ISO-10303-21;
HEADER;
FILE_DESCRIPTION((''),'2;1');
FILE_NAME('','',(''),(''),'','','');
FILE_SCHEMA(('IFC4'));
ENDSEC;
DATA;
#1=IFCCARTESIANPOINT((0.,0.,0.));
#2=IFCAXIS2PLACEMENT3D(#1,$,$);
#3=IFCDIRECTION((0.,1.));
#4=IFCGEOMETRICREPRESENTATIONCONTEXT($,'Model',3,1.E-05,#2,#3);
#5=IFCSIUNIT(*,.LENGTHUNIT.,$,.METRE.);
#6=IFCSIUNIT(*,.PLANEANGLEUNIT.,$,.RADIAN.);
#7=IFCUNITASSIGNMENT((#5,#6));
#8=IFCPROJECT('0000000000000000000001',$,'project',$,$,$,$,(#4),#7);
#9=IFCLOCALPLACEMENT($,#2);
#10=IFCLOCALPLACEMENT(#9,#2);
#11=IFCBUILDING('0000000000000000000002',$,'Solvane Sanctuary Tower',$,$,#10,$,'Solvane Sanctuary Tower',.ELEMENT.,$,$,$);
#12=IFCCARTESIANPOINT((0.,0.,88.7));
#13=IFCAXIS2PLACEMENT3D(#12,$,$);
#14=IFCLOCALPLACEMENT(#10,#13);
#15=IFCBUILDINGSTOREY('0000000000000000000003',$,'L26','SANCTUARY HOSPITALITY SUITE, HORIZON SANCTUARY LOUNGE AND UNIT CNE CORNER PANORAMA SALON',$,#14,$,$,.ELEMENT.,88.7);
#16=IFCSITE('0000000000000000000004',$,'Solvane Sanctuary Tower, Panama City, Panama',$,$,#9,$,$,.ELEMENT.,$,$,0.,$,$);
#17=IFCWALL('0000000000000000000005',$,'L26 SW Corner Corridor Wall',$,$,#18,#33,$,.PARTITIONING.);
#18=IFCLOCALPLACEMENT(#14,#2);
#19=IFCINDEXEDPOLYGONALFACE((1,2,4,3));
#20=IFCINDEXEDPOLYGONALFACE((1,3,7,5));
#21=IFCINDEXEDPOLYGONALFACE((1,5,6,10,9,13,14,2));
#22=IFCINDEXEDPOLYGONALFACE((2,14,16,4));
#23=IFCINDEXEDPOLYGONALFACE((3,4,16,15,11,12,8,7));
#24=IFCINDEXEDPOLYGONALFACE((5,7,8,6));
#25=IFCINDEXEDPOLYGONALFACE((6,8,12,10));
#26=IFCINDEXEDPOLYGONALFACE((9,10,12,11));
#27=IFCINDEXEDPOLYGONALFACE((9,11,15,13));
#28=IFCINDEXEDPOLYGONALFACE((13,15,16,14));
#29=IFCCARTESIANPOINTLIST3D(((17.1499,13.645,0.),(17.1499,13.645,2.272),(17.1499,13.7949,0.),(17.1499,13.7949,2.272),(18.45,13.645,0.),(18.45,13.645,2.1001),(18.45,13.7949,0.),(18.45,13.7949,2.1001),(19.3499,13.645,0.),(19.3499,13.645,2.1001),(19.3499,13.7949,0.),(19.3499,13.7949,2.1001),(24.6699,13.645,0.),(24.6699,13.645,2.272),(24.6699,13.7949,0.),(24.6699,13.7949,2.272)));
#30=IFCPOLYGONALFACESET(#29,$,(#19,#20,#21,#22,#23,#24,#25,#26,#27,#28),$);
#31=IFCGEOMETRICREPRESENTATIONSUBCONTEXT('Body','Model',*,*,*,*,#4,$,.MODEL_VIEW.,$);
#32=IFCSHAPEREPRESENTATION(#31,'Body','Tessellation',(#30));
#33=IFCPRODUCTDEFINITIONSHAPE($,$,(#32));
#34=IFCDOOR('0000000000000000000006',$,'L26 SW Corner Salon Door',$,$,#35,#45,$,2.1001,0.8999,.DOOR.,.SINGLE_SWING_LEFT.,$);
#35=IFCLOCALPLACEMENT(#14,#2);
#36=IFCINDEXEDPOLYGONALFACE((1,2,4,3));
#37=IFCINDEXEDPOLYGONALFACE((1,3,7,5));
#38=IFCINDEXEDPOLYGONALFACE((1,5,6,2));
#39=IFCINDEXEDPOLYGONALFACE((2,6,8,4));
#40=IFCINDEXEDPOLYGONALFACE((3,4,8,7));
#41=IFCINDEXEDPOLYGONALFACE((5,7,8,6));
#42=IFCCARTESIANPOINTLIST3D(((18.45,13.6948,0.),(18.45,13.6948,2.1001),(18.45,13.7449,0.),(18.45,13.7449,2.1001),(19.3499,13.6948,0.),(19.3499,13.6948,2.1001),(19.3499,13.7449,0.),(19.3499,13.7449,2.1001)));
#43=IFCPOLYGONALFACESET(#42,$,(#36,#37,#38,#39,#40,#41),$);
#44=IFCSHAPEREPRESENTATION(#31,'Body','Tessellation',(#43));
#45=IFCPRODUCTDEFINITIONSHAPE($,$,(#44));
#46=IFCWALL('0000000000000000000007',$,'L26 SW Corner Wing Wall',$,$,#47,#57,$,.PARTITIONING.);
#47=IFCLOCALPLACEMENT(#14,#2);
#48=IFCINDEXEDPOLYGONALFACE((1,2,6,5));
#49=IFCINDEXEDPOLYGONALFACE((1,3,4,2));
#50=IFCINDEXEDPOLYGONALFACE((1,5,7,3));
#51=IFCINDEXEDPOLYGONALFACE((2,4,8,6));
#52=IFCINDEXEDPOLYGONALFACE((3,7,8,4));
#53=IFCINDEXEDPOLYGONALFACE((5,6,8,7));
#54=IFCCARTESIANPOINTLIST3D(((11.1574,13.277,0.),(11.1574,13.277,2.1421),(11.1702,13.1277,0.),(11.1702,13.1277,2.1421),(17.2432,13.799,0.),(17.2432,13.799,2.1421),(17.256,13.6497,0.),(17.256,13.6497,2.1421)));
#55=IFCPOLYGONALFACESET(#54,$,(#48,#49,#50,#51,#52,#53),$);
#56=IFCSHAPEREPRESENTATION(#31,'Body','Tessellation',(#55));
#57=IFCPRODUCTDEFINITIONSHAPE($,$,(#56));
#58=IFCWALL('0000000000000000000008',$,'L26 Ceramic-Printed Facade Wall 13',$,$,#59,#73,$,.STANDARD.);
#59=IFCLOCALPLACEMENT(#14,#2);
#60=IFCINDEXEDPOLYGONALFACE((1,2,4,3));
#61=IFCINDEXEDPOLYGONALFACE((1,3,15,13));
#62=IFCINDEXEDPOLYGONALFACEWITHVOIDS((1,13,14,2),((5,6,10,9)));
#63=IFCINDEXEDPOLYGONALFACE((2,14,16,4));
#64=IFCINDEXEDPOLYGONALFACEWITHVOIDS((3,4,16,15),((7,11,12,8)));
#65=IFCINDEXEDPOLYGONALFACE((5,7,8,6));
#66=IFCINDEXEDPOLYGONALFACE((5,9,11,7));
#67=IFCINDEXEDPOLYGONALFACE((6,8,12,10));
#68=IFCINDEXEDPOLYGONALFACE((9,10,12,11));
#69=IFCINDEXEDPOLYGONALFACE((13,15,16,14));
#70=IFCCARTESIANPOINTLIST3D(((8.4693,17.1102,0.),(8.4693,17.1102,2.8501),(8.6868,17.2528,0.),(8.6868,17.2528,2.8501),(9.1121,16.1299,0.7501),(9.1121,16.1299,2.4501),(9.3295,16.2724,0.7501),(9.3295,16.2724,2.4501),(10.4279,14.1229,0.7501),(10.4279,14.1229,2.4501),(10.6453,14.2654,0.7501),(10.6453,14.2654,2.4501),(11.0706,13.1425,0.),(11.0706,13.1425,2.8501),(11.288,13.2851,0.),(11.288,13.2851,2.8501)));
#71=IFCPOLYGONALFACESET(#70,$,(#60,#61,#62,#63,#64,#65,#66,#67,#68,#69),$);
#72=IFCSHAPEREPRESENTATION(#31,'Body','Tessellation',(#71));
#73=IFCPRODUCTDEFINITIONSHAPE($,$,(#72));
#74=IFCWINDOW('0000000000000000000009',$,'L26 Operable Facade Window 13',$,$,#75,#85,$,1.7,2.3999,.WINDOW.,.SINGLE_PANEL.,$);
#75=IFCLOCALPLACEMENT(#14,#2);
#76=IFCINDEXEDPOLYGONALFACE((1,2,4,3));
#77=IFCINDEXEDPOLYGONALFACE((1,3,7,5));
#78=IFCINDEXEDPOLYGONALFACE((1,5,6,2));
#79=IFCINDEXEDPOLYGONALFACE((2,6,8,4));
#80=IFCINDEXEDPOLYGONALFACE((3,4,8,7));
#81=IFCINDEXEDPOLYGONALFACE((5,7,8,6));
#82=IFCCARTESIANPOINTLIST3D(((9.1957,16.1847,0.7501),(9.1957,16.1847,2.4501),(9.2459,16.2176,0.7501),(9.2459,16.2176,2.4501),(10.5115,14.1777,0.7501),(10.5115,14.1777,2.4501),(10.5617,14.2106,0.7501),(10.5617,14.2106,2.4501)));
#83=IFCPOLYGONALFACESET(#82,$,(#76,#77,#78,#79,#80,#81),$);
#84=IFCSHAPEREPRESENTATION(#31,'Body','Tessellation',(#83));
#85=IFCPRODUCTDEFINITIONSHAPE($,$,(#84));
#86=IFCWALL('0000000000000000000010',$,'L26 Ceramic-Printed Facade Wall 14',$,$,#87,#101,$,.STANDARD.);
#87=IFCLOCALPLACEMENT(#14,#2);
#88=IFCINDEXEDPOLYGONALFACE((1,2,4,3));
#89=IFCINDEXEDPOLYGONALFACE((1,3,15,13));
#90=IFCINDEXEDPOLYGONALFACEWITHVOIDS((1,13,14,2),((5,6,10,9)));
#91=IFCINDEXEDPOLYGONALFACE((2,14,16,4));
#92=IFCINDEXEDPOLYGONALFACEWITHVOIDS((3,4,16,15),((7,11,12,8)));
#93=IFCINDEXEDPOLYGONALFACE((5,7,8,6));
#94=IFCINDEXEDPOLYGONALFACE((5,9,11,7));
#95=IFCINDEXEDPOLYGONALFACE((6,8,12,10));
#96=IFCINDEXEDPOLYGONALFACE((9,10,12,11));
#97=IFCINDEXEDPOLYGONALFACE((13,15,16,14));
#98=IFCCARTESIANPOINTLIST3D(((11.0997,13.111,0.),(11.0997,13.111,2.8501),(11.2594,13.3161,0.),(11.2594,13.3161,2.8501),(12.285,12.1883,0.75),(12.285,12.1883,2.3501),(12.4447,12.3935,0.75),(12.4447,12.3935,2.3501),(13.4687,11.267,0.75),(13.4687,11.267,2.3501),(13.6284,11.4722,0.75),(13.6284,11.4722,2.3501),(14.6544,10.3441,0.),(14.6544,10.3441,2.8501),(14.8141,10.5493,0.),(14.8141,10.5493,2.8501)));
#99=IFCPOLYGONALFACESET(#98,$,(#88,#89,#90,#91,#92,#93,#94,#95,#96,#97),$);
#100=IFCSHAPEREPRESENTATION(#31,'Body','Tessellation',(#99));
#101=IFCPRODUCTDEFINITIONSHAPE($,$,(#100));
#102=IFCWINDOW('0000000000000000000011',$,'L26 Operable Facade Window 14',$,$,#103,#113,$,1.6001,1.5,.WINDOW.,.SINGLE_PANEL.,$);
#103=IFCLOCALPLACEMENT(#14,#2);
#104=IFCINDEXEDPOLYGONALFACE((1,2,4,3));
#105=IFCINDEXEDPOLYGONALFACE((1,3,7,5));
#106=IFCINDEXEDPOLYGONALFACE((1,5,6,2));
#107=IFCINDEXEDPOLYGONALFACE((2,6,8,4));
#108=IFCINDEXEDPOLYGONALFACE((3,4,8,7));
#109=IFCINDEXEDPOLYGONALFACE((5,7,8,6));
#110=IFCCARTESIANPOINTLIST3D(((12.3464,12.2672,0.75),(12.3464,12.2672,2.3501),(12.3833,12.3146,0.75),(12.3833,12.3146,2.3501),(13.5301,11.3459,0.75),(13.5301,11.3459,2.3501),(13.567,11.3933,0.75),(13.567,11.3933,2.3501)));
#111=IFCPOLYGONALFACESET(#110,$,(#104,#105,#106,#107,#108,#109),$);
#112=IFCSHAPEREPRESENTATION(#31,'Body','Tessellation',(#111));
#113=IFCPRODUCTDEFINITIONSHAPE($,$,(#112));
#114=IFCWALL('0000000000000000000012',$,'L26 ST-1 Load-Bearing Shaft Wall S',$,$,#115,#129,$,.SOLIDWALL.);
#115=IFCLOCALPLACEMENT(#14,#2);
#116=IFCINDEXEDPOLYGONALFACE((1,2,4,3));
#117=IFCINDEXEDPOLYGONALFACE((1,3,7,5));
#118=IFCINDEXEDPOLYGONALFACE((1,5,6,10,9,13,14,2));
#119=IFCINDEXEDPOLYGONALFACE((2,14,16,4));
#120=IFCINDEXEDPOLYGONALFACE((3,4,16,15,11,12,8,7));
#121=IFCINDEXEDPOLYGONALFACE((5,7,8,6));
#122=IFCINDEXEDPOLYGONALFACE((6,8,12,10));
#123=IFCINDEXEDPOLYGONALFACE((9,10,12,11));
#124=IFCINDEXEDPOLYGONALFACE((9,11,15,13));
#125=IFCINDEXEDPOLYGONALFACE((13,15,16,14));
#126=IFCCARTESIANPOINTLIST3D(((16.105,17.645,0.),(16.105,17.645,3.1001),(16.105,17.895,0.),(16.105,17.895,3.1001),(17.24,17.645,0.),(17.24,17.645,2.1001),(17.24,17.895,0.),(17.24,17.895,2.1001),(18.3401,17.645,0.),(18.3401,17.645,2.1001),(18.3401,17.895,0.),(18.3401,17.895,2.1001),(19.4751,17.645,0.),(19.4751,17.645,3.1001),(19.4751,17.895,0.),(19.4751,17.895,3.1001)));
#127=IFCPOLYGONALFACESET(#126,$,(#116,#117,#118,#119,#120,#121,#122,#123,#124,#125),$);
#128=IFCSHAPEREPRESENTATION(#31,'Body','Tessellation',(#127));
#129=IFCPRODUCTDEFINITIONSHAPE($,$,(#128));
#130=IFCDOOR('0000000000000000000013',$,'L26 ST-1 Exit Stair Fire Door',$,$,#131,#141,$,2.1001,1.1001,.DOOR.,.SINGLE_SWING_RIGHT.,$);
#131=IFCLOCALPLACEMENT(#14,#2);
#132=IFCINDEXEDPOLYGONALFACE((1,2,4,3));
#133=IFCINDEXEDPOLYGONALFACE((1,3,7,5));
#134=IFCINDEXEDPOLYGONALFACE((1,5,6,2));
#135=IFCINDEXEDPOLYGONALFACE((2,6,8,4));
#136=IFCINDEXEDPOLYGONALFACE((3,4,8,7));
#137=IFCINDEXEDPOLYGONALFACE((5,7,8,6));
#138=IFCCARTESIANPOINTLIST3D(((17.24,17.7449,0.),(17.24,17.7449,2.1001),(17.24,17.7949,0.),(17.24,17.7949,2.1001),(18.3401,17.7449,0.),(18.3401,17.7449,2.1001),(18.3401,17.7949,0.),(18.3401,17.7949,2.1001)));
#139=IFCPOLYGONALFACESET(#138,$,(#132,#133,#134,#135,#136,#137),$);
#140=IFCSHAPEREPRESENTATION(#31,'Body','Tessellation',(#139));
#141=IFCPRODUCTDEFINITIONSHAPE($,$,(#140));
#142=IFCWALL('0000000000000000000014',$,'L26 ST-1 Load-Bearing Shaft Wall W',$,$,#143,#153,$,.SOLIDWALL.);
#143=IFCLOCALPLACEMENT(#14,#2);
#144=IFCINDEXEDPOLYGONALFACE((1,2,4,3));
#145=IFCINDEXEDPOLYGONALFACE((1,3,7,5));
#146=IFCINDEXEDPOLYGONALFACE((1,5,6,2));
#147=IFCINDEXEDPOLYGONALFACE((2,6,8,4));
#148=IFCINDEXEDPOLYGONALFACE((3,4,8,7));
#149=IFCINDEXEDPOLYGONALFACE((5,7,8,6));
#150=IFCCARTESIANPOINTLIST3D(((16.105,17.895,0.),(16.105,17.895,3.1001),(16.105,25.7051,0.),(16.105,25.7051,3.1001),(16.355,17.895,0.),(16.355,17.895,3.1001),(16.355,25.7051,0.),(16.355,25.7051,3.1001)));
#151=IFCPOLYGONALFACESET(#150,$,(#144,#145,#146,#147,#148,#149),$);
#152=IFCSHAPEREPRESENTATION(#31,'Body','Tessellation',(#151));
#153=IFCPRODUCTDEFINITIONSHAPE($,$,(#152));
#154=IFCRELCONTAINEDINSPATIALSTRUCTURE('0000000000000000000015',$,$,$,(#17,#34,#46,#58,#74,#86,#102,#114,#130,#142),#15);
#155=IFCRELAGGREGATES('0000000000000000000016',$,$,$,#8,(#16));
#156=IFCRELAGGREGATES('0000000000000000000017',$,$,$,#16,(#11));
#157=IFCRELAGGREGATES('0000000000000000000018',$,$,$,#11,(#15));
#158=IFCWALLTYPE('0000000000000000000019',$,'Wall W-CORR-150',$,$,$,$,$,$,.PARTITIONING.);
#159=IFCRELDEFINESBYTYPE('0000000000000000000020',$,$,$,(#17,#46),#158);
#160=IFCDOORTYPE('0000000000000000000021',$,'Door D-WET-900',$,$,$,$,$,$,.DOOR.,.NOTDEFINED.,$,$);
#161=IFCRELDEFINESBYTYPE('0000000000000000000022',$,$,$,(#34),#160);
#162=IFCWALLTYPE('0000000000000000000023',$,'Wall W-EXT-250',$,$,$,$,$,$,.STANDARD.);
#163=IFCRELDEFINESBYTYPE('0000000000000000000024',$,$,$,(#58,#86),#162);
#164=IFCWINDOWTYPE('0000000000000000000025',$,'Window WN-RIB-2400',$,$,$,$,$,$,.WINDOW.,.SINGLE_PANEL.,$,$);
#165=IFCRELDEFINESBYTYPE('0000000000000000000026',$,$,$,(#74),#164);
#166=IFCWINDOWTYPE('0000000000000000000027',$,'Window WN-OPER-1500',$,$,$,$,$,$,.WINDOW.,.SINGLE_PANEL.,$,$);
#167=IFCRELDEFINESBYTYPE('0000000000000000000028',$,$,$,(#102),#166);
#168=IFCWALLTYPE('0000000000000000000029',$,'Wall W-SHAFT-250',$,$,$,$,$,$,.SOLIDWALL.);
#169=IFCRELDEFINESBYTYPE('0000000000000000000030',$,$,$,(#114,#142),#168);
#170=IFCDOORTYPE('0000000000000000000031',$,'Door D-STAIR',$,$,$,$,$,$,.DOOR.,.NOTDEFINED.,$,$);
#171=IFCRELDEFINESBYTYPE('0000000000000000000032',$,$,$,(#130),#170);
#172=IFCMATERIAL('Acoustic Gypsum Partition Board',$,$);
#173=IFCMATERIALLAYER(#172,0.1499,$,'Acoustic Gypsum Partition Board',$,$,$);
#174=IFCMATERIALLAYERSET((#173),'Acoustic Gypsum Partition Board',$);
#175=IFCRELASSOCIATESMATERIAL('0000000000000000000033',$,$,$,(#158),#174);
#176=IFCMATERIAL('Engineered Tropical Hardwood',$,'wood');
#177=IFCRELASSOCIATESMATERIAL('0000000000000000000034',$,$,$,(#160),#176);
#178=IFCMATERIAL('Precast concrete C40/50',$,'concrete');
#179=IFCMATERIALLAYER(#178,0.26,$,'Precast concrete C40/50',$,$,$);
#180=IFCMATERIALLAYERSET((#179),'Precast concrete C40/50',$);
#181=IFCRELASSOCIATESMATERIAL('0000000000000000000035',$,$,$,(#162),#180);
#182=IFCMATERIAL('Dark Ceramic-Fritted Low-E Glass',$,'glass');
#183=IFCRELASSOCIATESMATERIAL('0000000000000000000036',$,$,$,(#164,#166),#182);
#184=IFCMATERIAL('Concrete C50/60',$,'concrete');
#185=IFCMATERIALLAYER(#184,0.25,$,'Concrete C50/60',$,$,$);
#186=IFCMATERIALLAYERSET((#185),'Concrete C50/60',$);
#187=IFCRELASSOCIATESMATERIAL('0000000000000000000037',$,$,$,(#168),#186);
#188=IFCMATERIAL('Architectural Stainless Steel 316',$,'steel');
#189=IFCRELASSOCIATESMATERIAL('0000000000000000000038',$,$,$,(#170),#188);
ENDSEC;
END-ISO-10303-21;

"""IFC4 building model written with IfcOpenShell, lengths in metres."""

from ifc_helpers import new_model, si_unit, direction, frame, frame_2d, origin, place, context, subcontext, project, spatial, rectangle, extrude, material, layer, layer_set, type_object, element, fill, save


model = new_model("IFC4")

# Units and contexts
model_context = context("Model", 3, precision=1e-05, world=origin(), true_north=direction((0.0, 1.0)))
body_context = subcontext(model_context, "Body", "Model", "MODEL_VIEW")
ifc_project = project(units=[si_unit("LENGTHUNIT", "METRE"), si_unit("PLANEANGLEUNIT", "RADIAN")], contexts=[model_context])

# Site, building, storey
site_placement = place(None, origin())
site = spatial("IfcSite", under=ifc_project, at=site_placement, Name="Solvane Sanctuary Tower, Panama City, Panama", CompositionType="ELEMENT", RefElevation=0.0)
building_placement = place(site_placement, origin())
building = spatial("IfcBuilding", under=site, at=building_placement, Name="Solvane Sanctuary Tower", LongName="Solvane Sanctuary Tower", CompositionType="ELEMENT")
storey_placement = place(building_placement, frame((0.0, 0.0, 88.7)))
storey = spatial("IfcBuildingStorey", under=building, at=storey_placement, Name="L26", Description="SANCTUARY HOSPITALITY SUITE, HORIZON SANCTUARY LOUNGE AND UNIT CNE CORNER PANORAMA SALON", CompositionType="ELEMENT", Elevation=88.7)

# Shared definitions
ifc_material_1 = material(Name="Acoustic Gypsum Partition Board")
ifc_layer_1 = layer(ifc_material_1, 0.1499, Name="Acoustic Gypsum Partition Board")
ifc_layer_set_1 = layer_set([ifc_layer_1], Name="Acoustic Gypsum Partition Board")
wall_type_1 = type_object("IfcWallType", Name="Wall W-CORR-150", PredefinedType="PARTITIONING", material=ifc_layer_set_1)

# Wall, opening, door
ifc_material_2 = material(Name="Engineered Tropical Hardwood", Category="wood")
door_type_1 = type_object("IfcDoorType", Name="Door D-WET-900", OperationType="NOTDEFINED", PredefinedType="DOOR", material=ifc_material_2)
wall_1_placement = place(storey_placement, frame((17.1499, 13.72, 0.0), z_axis=(0.0, 0.0, 1.0), x_axis=(1.0, 0.0, 0.0)))
wall_1 = element("IfcWall", 1, at=wall_1_placement, inside=storey, type_object=wall_type_1, Name="L26 SW Corner Corridor Wall", PredefinedType="PARTITIONING", context=body_context, shape_type="SweptSolid", body=[
    extrude(rectangle(XDim=7.52, YDim=0.1499, at=frame_2d((3.76, 0.0))), origin(), (0.0, 0.0, 1.0), 2.272),
])
opening_1_placement = place(wall_1_placement, frame((1.3, 0.0, 0.0)))
opening_1 = element("IfcOpeningElement", 2, at=opening_1_placement, cuts=wall_1, PredefinedType="OPENING", context=body_context, shape_type="SweptSolid", body=[
    extrude(rectangle(XDim=0.8999, YDim=2.1001, at=frame_2d((0.45, 1.05))), frame((0.0, 0.085, 0.0), z_axis=(0.0, -1.0, 0.0), x_axis=(1.0, 0.0, 0.0)), (0.0, 0.0, 1.0), 0.1699),
])
door_1_placement = place(opening_1_placement, origin())
door_1 = element("IfcDoor", 3, at=door_1_placement, inside=storey, type_object=door_type_1, Name="L26 SW Corner Salon Door", OperationType="SINGLE_SWING_LEFT", OverallHeight=2.1001, OverallWidth=0.8999, PredefinedType="DOOR", context=body_context, shape_type="SweptSolid", body=[
    extrude(rectangle(XDim=0.8999, YDim=2.1001, at=frame_2d((0.45, 1.05))), frame((0.0, 0.0249, 0.0), z_axis=(0.0, -1.0, 0.0), x_axis=(1.0, 0.0, 0.0)), (0.0, 0.0, 1.0), 0.05),
])
fill(opening_1, door_1)

# Wall
wall_2_placement = place(storey_placement, frame((17.2498, 13.7244, 0.0), z_axis=(0.0, 0.0, 1.0), x_axis=(-0.996342, -0.085457, 0.0)))
element("IfcWall", 4, at=wall_2_placement, inside=storey, type_object=wall_type_1, Name="L26 SW Corner Wing Wall", PredefinedType="PARTITIONING", context=body_context, shape_type="SweptSolid", body=[
    extrude(rectangle(XDim=6.1082, YDim=0.1499, at=frame_2d((3.0542, 0.0))), origin(), (0.0, 0.0, 1.0), 2.1421),
])

# Walls, openings, windows
ifc_material_3 = material(Name="Precast concrete C40/50", Category="concrete")
ifc_layer_2 = layer(ifc_material_3, 0.26, Name="Precast concrete C40/50")
ifc_layer_set_2 = layer_set([ifc_layer_2], Name="Precast concrete C40/50")
wall_type_2 = type_object("IfcWallType", Name="Wall W-EXT-250", PredefinedType="STANDARD", material=ifc_layer_set_2)
wall_3_placement = place(storey_placement, frame((8.5781, 17.1814, 0.0), z_axis=(0.0, 0.0, 1.0), x_axis=(0.548283, -0.836293, 0.0)))
wall_3 = element("IfcWall", 5, at=wall_3_placement, inside=storey, type_object=wall_type_2, Name="L26 Ceramic-Printed Facade Wall 13", PredefinedType="STANDARD", context=body_context, shape_type="SweptSolid", body=[
    extrude(rectangle(XDim=4.7444, YDim=0.26, at=frame_2d((2.3721, 0.0))), origin(), (0.0, 0.0, 1.0), 2.8501),
])
opening_2_placement = place(wall_3_placement, frame((1.1721, 0.0, 0.75)))
opening_2 = element("IfcOpeningElement", 6, at=opening_2_placement, cuts=wall_3, PredefinedType="OPENING", context=body_context, shape_type="SweptSolid", body=[
    extrude(rectangle(XDim=2.3999, YDim=1.7, at=frame_2d((1.2, 0.8501))), frame((0.0, 0.1399, 0.0), z_axis=(0.0, -1.0, 0.0), x_axis=(1.0, 0.0, 0.0)), (0.0, 0.0, 1.0), 0.28),
])
ifc_material_4 = material(Name="Dark Ceramic-Fritted Low-E Glass", Category="glass")
window_type_1 = type_object("IfcWindowType", Name="Window WN-RIB-2400", PartitioningType="SINGLE_PANEL", PredefinedType="WINDOW", material=ifc_material_4)
window_1_placement = place(opening_2_placement, origin())
window_1 = element("IfcWindow", 7, at=window_1_placement, inside=storey, type_object=window_type_1, Name="L26 Operable Facade Window 13", OverallHeight=1.7, OverallWidth=2.3999, PartitioningType="SINGLE_PANEL", PredefinedType="WINDOW", context=body_context, shape_type="SweptSolid", body=[
    extrude(rectangle(XDim=2.3999, YDim=1.7, at=frame_2d((1.2, 0.8501))), frame((0.0, 0.03, 0.0), z_axis=(0.0, -1.0, 0.0), x_axis=(1.0, 0.0, 0.0)), (0.0, 0.0, 1.0), 0.0601),
])
fill(opening_2, window_1)
wall_4_placement = place(storey_placement, frame((11.1794, 13.2136, 0.0), z_axis=(0.0, 0.0, 1.0), x_axis=(0.789127, -0.614229, 0.0)))
wall_4 = element("IfcWall", 8, at=wall_4_placement, inside=storey, type_object=wall_type_2, Name="L26 Ceramic-Printed Facade Wall 14", PredefinedType="STANDARD", context=body_context, shape_type="SweptSolid", body=[
    extrude(rectangle(XDim=4.5046, YDim=0.26, at=frame_2d((2.2524, 0.0))), origin(), (0.0, 0.0, 1.0), 2.8501),
])
opening_3_placement = place(wall_4_placement, frame((1.5022, 0.0, 0.75)))
opening_3 = element("IfcOpeningElement", 9, at=opening_3_placement, cuts=wall_4, PredefinedType="OPENING", context=body_context, shape_type="SweptSolid", body=[
    extrude(rectangle(XDim=1.5, YDim=1.6001, at=frame_2d((0.75, 0.8))), frame((0.0, 0.1399, 0.0), z_axis=(0.0, -1.0, 0.0), x_axis=(1.0, 0.0, 0.0)), (0.0, 0.0, 1.0), 0.28),
])
window_type_2 = type_object("IfcWindowType", Name="Window WN-OPER-1500", PartitioningType="SINGLE_PANEL", PredefinedType="WINDOW", material=ifc_material_4)
window_2_placement = place(opening_3_placement, origin())
window_2 = element("IfcWindow", 10, at=window_2_placement, inside=storey, type_object=window_type_2, Name="L26 Operable Facade Window 14", OverallHeight=1.6001, OverallWidth=1.5, PartitioningType="SINGLE_PANEL", PredefinedType="WINDOW", context=body_context, shape_type="SweptSolid", body=[
    extrude(rectangle(XDim=1.5, YDim=1.6001, at=frame_2d((0.75, 0.8))), frame((0.0, 0.03, 0.0), z_axis=(0.0, -1.0, 0.0), x_axis=(1.0, 0.0, 0.0)), (0.0, 0.0, 1.0), 0.0601),
])
fill(opening_3, window_2)

# Wall, opening, door
ifc_material_5 = material(Name="Concrete C50/60", Category="concrete")
ifc_layer_3 = layer(ifc_material_5, 0.25, Name="Concrete C50/60")
ifc_layer_set_3 = layer_set([ifc_layer_3], Name="Concrete C50/60")
wall_type_3 = type_object("IfcWallType", Name="Wall W-SHAFT-250", PredefinedType="SOLIDWALL", material=ifc_layer_set_3)
wall_5_placement = place(storey_placement, frame((16.105, 17.77, 0.0), z_axis=(0.0, 0.0, 1.0), x_axis=(1.0, 0.0, 0.0)))
wall_5 = element("IfcWall", 11, at=wall_5_placement, inside=storey, type_object=wall_type_3, Name="L26 ST-1 Load-Bearing Shaft Wall S", PredefinedType="SOLIDWALL", context=body_context, shape_type="SweptSolid", body=[
    extrude(rectangle(XDim=3.3701, YDim=0.25, at=frame_2d((1.6851, 0.0))), origin(), (0.0, 0.0, 1.0), 3.1001),
])
opening_4_placement = place(wall_5_placement, frame((1.135, 0.0, 0.0)))
opening_4 = element("IfcOpeningElement", 12, at=opening_4_placement, cuts=wall_5, PredefinedType="OPENING", context=body_context, shape_type="SweptSolid", body=[
    extrude(rectangle(XDim=1.1001, YDim=2.1001, at=frame_2d((0.55, 1.05))), frame((0.0, 0.135, 0.0), z_axis=(0.0, -1.0, 0.0), x_axis=(1.0, 0.0, 0.0)), (0.0, 0.0, 1.0), 0.27),
])
ifc_material_6 = material(Name="Architectural Stainless Steel 316", Category="steel")
door_type_2 = type_object("IfcDoorType", Name="Door D-STAIR", OperationType="NOTDEFINED", PredefinedType="DOOR", material=ifc_material_6)
door_2_placement = place(opening_4_placement, origin())
door_2 = element("IfcDoor", 13, at=door_2_placement, inside=storey, type_object=door_type_2, Name="L26 ST-1 Exit Stair Fire Door", OperationType="SINGLE_SWING_RIGHT", OverallHeight=2.1001, OverallWidth=1.1001, PredefinedType="DOOR", context=body_context, shape_type="SweptSolid", body=[
    extrude(rectangle(XDim=1.1001, YDim=2.1001, at=frame_2d((0.55, 1.05))), frame((0.0, 0.0249, 0.0), z_axis=(0.0, -1.0, 0.0), x_axis=(1.0, 0.0, 0.0)), (0.0, 0.0, 1.0), 0.05),
])
fill(opening_4, door_2)

# Wall
wall_6_placement = place(storey_placement, frame((16.23, 17.895, 0.0), z_axis=(0.0, 0.0, 1.0), x_axis=(0.0, 1.0, 0.0)))
element("IfcWall", 14, at=wall_6_placement, inside=storey, type_object=wall_type_3, Name="L26 ST-1 Load-Bearing Shaft Wall W", PredefinedType="SOLIDWALL", context=body_context, shape_type="SweptSolid", body=[
    extrude(rectangle(XDim=7.8101, YDim=0.25, at=frame_2d((3.905, 0.0))), origin(), (0.0, 0.0, 1.0), 3.1001),
])

save(model, "model.ifc")
